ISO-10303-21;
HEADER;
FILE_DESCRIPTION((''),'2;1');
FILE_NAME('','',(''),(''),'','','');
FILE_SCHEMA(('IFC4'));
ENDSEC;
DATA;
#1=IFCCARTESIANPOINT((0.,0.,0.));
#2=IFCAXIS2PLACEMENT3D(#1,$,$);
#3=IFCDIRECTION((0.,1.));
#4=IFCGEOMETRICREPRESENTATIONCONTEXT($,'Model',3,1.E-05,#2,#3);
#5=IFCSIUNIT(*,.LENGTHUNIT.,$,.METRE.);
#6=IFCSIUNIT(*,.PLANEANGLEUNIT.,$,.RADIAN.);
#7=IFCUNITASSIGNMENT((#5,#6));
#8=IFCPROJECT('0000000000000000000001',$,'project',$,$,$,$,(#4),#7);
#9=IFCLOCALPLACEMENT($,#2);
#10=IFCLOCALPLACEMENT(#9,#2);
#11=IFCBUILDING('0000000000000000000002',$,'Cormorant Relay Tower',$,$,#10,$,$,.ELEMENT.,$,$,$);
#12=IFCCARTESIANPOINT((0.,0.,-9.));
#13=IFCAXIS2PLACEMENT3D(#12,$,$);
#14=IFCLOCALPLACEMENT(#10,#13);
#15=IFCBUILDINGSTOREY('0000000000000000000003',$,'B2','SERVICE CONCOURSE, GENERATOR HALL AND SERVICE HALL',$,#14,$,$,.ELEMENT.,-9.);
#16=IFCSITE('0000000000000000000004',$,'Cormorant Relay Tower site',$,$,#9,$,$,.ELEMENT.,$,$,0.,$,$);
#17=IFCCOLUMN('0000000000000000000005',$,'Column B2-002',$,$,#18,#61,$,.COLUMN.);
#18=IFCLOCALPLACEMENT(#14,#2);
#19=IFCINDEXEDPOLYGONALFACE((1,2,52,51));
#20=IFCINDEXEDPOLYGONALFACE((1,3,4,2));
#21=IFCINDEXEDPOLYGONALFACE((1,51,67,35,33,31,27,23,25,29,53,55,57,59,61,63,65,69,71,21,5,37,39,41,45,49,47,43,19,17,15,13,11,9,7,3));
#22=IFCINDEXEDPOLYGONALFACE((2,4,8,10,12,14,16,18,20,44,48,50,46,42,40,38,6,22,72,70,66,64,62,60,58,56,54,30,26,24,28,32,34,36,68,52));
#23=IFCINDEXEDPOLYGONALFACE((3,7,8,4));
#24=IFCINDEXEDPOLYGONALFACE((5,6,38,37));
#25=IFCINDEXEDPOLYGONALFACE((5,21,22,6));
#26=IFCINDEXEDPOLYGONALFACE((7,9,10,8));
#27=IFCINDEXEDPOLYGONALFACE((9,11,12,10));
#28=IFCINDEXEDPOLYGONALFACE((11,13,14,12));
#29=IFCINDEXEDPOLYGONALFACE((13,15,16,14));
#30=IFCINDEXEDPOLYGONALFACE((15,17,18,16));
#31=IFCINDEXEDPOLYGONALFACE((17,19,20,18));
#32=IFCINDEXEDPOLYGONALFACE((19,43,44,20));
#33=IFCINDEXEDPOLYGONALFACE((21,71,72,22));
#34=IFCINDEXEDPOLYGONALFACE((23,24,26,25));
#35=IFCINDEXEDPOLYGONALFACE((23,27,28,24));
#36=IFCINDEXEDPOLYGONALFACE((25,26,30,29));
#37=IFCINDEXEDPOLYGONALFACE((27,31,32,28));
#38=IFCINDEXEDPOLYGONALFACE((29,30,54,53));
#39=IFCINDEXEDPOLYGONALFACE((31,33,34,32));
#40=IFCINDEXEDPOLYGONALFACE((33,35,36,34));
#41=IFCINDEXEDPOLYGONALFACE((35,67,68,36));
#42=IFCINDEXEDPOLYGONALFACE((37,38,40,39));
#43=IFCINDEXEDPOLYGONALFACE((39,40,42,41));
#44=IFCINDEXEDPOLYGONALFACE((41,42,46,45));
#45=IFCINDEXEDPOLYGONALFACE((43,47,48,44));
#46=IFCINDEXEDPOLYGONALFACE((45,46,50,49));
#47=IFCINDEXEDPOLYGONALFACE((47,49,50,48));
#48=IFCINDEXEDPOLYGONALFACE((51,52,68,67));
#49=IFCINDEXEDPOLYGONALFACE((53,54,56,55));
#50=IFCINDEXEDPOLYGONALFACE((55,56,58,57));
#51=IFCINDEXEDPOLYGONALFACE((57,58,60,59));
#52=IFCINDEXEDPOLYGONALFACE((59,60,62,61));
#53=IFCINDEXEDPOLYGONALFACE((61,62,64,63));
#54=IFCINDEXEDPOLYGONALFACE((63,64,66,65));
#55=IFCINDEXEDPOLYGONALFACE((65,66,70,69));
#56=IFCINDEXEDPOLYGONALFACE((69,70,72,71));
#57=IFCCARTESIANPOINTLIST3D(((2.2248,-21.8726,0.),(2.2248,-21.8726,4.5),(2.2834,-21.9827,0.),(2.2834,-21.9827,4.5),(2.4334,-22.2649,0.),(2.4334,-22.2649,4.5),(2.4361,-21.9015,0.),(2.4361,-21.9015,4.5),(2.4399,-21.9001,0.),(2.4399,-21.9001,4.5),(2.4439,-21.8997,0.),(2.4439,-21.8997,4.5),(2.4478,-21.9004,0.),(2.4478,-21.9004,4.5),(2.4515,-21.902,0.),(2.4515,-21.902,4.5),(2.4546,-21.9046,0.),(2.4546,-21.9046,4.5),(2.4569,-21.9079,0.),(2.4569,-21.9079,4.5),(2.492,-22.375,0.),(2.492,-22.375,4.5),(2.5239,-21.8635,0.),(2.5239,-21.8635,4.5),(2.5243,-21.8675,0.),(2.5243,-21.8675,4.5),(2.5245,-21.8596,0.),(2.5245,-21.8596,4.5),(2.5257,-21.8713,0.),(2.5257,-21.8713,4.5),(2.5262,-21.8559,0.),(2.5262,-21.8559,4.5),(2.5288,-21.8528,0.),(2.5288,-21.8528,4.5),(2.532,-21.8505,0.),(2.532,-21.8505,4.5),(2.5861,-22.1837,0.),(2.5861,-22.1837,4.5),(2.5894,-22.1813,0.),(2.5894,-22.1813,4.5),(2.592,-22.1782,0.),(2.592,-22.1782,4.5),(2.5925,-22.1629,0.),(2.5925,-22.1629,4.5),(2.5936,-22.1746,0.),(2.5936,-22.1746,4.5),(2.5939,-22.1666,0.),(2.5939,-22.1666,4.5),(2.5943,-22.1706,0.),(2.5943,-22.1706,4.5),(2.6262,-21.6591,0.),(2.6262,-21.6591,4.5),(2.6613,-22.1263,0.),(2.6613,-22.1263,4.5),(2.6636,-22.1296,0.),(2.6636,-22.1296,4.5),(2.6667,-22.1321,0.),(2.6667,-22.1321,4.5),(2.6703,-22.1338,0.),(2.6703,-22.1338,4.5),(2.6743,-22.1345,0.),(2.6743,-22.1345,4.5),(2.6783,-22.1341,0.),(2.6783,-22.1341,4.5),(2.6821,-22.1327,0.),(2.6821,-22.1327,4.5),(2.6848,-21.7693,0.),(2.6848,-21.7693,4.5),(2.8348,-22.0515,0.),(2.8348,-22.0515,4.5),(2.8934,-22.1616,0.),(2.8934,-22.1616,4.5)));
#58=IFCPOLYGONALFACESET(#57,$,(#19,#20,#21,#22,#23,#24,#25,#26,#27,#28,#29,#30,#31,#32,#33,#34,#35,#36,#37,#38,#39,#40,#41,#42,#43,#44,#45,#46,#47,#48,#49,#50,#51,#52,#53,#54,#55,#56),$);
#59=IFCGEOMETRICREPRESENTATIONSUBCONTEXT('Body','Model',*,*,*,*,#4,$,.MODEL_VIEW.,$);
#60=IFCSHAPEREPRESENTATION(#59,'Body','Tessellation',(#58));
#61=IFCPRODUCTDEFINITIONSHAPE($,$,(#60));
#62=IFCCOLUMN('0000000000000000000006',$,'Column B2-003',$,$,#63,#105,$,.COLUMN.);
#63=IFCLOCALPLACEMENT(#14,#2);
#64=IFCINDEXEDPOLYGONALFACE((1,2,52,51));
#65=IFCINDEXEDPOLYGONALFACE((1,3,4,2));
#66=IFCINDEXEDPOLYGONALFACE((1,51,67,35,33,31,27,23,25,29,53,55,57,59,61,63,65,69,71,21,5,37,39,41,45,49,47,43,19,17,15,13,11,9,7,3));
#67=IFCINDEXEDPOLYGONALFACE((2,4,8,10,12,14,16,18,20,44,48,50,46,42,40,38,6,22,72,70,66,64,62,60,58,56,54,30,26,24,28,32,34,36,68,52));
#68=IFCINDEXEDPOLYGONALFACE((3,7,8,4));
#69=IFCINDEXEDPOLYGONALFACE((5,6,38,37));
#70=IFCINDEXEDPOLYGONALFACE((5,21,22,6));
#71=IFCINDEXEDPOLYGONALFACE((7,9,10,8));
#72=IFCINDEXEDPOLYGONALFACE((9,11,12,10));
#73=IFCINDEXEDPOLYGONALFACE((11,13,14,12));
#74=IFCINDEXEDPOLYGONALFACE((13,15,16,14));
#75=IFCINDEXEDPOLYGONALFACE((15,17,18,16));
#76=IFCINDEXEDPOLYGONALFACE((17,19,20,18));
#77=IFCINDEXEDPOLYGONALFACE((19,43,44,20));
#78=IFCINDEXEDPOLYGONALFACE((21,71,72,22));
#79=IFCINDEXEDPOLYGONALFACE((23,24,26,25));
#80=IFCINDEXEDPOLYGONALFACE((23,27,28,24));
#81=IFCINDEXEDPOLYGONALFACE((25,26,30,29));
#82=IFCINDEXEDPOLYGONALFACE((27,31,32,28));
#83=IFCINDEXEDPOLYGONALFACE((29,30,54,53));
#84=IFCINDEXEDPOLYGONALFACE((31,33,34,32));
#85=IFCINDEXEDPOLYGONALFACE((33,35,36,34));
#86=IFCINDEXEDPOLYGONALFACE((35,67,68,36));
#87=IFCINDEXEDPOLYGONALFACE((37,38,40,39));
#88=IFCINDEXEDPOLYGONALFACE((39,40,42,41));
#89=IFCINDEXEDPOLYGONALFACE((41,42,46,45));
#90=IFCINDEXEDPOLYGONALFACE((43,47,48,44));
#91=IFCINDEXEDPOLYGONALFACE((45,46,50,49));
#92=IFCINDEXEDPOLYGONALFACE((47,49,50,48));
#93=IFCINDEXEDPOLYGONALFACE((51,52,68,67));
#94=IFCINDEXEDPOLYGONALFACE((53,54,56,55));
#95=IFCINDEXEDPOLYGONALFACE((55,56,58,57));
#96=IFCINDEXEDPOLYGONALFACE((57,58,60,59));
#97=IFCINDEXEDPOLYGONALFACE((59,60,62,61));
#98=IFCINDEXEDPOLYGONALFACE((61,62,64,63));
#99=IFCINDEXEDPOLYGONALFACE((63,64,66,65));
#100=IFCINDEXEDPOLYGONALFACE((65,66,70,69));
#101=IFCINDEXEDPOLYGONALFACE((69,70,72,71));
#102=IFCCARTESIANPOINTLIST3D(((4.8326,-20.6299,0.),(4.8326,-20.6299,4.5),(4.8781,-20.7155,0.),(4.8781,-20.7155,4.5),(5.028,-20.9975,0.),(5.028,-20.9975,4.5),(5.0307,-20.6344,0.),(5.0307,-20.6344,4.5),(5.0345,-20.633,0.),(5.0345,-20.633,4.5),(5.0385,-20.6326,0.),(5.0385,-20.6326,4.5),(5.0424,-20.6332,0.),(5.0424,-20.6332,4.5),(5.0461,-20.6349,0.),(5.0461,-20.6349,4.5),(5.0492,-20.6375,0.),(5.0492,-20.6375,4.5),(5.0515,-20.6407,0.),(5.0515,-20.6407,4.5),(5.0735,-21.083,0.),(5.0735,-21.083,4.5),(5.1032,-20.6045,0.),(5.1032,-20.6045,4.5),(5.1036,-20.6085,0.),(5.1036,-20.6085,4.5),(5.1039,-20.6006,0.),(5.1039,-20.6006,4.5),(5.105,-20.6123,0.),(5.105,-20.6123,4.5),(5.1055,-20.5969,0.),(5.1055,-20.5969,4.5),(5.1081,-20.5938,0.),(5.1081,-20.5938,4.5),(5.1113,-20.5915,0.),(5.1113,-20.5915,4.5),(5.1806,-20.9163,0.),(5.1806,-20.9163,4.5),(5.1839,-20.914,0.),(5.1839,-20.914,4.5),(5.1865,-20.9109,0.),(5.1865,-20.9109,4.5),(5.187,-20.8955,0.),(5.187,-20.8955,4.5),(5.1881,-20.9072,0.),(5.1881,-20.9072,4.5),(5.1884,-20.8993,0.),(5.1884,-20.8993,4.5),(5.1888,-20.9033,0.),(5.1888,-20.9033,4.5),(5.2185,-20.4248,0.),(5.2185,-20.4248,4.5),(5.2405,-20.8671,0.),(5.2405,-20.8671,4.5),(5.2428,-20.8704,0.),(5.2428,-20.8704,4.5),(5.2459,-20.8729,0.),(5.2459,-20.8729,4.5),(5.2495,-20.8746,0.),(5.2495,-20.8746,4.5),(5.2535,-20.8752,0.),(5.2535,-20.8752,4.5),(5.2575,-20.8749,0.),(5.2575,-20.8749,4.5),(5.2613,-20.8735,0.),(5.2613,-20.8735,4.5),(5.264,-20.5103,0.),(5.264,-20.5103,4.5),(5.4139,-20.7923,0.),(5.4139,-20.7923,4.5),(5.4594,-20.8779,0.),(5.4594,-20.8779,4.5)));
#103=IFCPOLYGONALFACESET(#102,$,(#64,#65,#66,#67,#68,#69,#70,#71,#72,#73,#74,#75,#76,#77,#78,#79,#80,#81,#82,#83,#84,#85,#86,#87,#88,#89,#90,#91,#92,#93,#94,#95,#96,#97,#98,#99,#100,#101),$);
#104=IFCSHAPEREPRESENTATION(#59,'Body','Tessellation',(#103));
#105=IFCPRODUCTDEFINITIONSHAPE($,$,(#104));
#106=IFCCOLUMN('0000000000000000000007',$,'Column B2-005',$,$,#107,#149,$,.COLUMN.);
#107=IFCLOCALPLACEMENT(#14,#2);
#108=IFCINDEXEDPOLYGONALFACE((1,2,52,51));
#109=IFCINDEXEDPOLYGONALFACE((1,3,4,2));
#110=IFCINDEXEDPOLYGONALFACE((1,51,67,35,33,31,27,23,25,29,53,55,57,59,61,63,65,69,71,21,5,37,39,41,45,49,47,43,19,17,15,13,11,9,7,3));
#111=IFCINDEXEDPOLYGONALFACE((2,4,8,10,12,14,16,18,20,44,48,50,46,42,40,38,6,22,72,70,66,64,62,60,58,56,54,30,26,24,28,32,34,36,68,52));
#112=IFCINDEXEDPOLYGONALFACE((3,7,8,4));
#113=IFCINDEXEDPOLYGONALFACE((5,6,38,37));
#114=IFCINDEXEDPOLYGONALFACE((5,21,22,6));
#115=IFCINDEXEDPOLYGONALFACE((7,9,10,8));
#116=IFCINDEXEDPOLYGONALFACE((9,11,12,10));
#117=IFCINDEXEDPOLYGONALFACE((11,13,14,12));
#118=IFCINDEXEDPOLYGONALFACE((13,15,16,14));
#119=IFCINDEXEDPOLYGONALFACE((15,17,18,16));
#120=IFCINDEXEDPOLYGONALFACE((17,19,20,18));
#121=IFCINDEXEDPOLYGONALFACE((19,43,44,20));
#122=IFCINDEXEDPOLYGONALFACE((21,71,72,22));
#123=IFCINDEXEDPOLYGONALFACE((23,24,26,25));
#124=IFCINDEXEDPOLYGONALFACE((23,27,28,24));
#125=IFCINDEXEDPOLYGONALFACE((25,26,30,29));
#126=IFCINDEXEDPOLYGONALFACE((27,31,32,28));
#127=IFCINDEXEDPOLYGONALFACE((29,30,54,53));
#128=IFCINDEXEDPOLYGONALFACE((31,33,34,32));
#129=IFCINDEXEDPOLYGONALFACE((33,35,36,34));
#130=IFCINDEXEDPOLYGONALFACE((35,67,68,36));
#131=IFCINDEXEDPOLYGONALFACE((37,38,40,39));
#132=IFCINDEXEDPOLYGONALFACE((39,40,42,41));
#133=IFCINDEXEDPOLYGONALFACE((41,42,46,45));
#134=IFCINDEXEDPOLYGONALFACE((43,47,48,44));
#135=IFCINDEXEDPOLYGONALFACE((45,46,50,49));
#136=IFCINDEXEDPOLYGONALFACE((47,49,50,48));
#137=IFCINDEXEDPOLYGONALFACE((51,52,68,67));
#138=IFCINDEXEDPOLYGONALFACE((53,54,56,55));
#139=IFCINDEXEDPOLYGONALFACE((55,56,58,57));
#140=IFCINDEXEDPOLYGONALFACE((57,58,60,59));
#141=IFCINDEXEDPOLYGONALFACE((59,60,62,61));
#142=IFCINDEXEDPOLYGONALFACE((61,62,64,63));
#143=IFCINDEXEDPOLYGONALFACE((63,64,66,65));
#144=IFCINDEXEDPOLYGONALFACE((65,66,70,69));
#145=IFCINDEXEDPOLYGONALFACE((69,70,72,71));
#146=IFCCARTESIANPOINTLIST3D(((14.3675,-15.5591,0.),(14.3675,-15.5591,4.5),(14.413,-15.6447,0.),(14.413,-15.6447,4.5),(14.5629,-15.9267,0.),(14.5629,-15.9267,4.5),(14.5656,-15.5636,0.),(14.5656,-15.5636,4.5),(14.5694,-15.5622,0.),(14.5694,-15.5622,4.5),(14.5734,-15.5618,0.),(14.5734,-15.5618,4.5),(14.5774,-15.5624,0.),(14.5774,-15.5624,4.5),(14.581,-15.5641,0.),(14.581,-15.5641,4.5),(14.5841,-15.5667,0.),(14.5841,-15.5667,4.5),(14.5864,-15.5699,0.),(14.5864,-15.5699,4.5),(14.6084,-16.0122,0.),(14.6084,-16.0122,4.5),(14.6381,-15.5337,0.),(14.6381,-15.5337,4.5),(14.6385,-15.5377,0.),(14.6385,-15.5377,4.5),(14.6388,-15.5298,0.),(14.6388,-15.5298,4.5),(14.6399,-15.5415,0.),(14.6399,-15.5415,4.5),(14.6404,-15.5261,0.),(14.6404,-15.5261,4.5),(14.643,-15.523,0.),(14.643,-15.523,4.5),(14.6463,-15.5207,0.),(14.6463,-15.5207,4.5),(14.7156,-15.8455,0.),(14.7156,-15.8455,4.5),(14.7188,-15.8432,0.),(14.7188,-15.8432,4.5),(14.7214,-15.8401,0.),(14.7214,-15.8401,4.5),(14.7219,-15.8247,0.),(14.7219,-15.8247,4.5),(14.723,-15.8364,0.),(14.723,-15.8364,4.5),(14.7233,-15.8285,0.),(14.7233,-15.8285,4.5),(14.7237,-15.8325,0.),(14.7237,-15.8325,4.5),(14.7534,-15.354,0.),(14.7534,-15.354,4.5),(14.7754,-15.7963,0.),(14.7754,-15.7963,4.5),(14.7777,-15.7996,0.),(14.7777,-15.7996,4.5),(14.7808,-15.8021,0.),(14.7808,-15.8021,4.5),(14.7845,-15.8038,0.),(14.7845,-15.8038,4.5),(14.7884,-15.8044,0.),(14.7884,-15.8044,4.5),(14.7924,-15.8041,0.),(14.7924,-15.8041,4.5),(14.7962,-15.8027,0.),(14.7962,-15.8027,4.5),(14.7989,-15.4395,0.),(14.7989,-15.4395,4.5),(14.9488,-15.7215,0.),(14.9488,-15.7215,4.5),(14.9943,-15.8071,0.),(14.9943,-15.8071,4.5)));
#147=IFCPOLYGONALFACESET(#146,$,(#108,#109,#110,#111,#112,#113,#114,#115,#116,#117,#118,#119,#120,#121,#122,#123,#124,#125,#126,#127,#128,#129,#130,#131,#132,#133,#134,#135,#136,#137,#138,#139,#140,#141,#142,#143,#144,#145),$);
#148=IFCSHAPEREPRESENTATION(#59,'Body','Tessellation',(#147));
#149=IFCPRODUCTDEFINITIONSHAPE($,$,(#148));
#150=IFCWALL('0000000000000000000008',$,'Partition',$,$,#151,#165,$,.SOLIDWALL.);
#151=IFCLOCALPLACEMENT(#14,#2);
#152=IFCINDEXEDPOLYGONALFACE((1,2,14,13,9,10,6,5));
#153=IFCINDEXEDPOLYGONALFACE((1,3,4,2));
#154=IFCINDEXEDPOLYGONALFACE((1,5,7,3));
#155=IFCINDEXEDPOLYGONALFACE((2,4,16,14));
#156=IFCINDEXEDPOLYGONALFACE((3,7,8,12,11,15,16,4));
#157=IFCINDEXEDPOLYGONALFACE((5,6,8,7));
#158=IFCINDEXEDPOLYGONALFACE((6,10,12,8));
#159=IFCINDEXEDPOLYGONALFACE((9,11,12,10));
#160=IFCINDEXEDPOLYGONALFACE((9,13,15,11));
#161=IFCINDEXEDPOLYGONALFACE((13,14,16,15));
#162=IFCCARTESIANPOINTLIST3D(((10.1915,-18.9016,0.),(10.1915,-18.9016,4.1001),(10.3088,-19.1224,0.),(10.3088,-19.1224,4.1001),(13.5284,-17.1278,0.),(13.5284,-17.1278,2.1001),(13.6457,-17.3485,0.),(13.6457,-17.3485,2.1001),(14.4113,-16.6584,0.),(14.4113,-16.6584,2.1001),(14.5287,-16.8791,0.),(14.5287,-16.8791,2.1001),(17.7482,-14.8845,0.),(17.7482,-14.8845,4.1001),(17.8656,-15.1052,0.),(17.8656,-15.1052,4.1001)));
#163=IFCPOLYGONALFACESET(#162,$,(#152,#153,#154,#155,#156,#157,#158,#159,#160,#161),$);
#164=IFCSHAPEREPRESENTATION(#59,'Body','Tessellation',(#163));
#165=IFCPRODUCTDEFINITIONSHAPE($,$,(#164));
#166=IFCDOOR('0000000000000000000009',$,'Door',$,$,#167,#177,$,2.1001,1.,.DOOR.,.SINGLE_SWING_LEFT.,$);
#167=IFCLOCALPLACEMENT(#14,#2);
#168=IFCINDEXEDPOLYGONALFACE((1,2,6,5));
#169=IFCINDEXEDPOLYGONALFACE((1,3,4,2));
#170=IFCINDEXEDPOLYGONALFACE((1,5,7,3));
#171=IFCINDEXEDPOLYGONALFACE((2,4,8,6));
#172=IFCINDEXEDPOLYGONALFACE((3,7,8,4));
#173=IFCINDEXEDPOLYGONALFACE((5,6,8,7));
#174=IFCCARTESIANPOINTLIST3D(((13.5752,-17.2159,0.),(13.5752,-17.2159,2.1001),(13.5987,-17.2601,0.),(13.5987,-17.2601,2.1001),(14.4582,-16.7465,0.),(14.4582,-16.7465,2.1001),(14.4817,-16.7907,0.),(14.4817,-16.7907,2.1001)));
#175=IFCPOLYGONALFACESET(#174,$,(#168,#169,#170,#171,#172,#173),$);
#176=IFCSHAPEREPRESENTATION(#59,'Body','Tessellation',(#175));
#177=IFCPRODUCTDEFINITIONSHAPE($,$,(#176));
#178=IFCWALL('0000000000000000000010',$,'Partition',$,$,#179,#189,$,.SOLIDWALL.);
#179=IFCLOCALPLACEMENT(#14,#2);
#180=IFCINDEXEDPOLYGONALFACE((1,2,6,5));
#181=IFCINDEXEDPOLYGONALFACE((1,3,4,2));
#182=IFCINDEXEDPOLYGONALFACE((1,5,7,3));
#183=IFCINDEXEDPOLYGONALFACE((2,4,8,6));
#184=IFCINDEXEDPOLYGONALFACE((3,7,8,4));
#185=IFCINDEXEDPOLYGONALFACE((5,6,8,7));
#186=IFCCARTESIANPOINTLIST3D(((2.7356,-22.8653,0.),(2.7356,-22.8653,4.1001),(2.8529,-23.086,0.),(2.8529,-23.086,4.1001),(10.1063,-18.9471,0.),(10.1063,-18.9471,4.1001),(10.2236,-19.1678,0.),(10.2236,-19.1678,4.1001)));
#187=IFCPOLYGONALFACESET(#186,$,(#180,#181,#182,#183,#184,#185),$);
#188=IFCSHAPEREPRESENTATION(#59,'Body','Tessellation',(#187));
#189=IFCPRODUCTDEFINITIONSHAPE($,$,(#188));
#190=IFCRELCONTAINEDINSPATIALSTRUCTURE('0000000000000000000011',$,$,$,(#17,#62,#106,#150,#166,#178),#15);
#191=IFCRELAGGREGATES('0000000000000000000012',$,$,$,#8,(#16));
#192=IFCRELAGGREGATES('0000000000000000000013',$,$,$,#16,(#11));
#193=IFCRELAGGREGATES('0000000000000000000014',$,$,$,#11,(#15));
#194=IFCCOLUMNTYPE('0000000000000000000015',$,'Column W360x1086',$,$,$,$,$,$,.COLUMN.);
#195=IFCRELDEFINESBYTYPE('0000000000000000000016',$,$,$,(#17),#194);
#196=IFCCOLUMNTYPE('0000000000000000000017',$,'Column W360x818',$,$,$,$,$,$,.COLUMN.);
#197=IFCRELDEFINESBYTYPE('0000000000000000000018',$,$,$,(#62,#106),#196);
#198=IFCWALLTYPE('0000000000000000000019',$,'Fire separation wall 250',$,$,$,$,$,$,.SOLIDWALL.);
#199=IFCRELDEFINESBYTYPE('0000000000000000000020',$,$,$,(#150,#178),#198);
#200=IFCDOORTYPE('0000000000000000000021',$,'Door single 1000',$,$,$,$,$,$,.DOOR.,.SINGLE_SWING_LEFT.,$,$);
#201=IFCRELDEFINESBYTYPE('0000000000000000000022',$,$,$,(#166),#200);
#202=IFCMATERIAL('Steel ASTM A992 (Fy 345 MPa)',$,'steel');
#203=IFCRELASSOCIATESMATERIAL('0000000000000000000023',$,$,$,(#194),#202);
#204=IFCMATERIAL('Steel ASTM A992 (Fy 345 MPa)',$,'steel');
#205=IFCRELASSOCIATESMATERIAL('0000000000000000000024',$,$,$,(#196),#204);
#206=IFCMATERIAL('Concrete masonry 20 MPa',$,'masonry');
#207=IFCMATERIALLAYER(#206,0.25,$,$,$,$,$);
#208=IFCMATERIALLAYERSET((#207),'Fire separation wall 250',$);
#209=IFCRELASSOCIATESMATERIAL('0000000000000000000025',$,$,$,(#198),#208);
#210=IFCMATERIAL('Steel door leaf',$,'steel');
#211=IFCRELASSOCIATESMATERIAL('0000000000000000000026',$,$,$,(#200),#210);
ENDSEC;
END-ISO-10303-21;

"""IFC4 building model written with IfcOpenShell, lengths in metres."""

from ifc_helpers import new_model, si_unit, direction, frame, frame_2d, origin, origin_2d, place, context, subcontext, project, spatial, rectangle, i_section, extrude, material, layer, layer_set, material_profile, profile_set, type_object, element, fill, save


model = new_model("IFC4")

# Units and contexts
model_context = context("Model", 3, precision=1e-05, world=origin(), true_north=direction((0.0, 1.0)))
body_context = subcontext(model_context, "Body", "Model", "MODEL_VIEW")
ifc_project = project(units=[si_unit("LENGTHUNIT", "METRE"), si_unit("PLANEANGLEUNIT", "RADIAN")], contexts=[model_context])

# Site, building, storey
site_placement = place(None, origin())
site = spatial("IfcSite", under=ifc_project, at=site_placement, Name="Cormorant Relay Tower site", CompositionType="ELEMENT", RefElevation=0.0)
building_placement = place(site_placement, origin())
building = spatial("IfcBuilding", under=site, at=building_placement, Name="Cormorant Relay Tower", CompositionType="ELEMENT")
storey_placement = place(building_placement, frame((0.0, 0.0, -9.0)))
storey = spatial("IfcBuildingStorey", under=building, at=storey_placement, Name="B2", Description="SERVICE CONCOURSE, GENERATOR HALL AND SERVICE HALL", CompositionType="ELEMENT", Elevation=-9.0)

# Columns
ifc_material_1 = material(Name="Steel ASTM A992 (Fy 345 MPa)", Category="steel")
ifc_material_profile_1 = material_profile(ifc_material_1, i_section(OverallWidth=0.4546, OverallDepth=0.5691, WebThickness=0.0779, FlangeThickness=0.1248, FilletRadius=0.0154, at=origin_2d()), Name="W360x1086")
ifc_profile_set_1 = profile_set([ifc_material_profile_1], Name="Steel ASTM A992 (Fy 345 MPa)")
column_type_1 = type_object("IfcColumnType", Name="Column W360x1086", PredefinedType="COLUMN", material=ifc_profile_set_1)
column_placement = place(storey_placement, frame((2.5591, -22.0171, 0.0), z_axis=(0.0, 0.0, 1.0), x_axis=(0.882948, 0.469472, 0.0)))
element("IfcColumn", 1, at=column_placement, inside=storey, type_object=column_type_1, Name="Column B2-002", PredefinedType="COLUMN", context=body_context, shape_type="SweptSolid", body=[
    extrude(i_section(OverallWidth=0.4546, OverallDepth=0.5691, WebThickness=0.0779, FlangeThickness=0.1248, FilletRadius=0.0154, at=origin_2d()), origin(), (0.0, 0.0, 1.0), 4.5),
])
ifc_material_2 = material(Name="Steel ASTM A992 (Fy 345 MPa)", Category="steel")
ifc_material_profile_2 = material_profile(ifc_material_2, i_section(OverallWidth=0.437, OverallDepth=0.5132, WebThickness=0.0605, FlangeThickness=0.0969, FilletRadius=0.0154, at=origin_2d()), Name="W360x818")
ifc_profile_set_2 = profile_set([ifc_material_profile_2], Name="Steel ASTM A992 (Fy 345 MPa)")
column_type_2 = type_object("IfcColumnType", Name="Column W360x818", PredefinedType="COLUMN", material=ifc_profile_set_2)
for number, where, z_axis, x_axis, name in (
    (2, (5.146, -20.7539, 0.0), (0.0, 0.0, 1.0), (0.882948, 0.469472, 0.0), "Column B2-003"),
    (3, (14.6809, -15.6831, 0.0), (0.0, 0.0, 1.0), (0.882948, 0.469472, 0.0), "Column B2-005"),
):
    element("IfcColumn", number, at=place(storey_placement, frame(where, z_axis=z_axis, x_axis=x_axis)), inside=storey, type_object=column_type_2, Name=name, PredefinedType="COLUMN", context=body_context, shape_type="SweptSolid", body=[
        extrude(i_section(OverallWidth=0.437, OverallDepth=0.5132, WebThickness=0.0605, FlangeThickness=0.0969, FilletRadius=0.0154, at=origin_2d()), origin(), (0.0, 0.0, 1.0), 4.5),
    ])

# Wall, opening, door
ifc_material_3 = material(Name="Concrete masonry 20 MPa", Category="masonry")
ifc_layer_1 = layer(ifc_material_3, 0.25)
ifc_layer_set_1 = layer_set([ifc_layer_1], Name="Fire separation wall 250")
wall_type_1 = type_object("IfcWallType", Name="Fire separation wall 250", PredefinedType="SOLIDWALL", material=ifc_layer_set_1)
wall_1_placement = place(storey_placement, frame((17.8069, -14.9949, 0.0), z_axis=(0.0, 0.0, 1.0), x_axis=(-0.882989, -0.469394, 0.0)))
wall_1 = element("IfcWall", 4, at=wall_1_placement, inside=storey, type_object=wall_type_1, Name="Partition", PredefinedType="SOLIDWALL", context=body_context, shape_type="SweptSolid", body=[
    extrude(rectangle(XDim=8.5581, YDim=0.25, at=frame_2d((4.2791, 0.0))), origin(), (0.0, 0.0, 1.0), 4.1001),
])
opening_1_placement = place(wall_1_placement, frame((3.7791, 0.0, 0.0)))
opening_1 = element("IfcOpeningElement", 5, at=opening_1_placement, cuts=wall_1, PredefinedType="OPENING", context=body_context, shape_type="SweptSolid", body=[
    extrude(rectangle(XDim=1.0, YDim=2.1001, at=frame_2d((0.5, 1.05))), frame((0.0, 0.135, 0.0), z_axis=(0.0, -1.0, 0.0), x_axis=(1.0, 0.0, 0.0)), (0.0, 0.0, 1.0), 0.27),
])
ifc_material_4 = material(Name="Steel door leaf", Category="steel")
door_type = type_object("IfcDoorType", Name="Door single 1000", OperationType="SINGLE_SWING_LEFT", PredefinedType="DOOR", material=ifc_material_4)
door_1_placement = place(opening_1_placement, origin())
door_1 = element("IfcDoor", 6, at=door_1_placement, inside=storey, type_object=door_type, Name="Door", OperationType="SINGLE_SWING_LEFT", OverallHeight=2.1001, OverallWidth=1.0, PredefinedType="DOOR", context=body_context, shape_type="SweptSolid", body=[
    extrude(rectangle(XDim=1.0, YDim=2.1001, at=frame_2d((0.5, 1.05))), frame((0.0, 0.0249, 0.0), z_axis=(0.0, -1.0, 0.0), x_axis=(1.0, 0.0, 0.0)), (0.0, 0.0, 1.0), 0.05),
])
fill(opening_1, door_1)

# Wall
wall_2_placement = place(storey_placement, frame((10.165, -19.0574, 0.0), z_axis=(0.0, 0.0, 1.0), x_axis=(-0.882988, -0.469396, 0.0)))
element("IfcWall", 7, at=wall_2_placement, inside=storey, type_object=wall_type_1, Name="Partition", PredefinedType="SOLIDWALL", context=body_context, shape_type="SweptSolid", body=[
    extrude(rectangle(XDim=8.3474, YDim=0.25, at=frame_2d((4.1738, 0.0))), origin(), (0.0, 0.0, 1.0), 4.1001),
])

save(model, "model.ifc")
